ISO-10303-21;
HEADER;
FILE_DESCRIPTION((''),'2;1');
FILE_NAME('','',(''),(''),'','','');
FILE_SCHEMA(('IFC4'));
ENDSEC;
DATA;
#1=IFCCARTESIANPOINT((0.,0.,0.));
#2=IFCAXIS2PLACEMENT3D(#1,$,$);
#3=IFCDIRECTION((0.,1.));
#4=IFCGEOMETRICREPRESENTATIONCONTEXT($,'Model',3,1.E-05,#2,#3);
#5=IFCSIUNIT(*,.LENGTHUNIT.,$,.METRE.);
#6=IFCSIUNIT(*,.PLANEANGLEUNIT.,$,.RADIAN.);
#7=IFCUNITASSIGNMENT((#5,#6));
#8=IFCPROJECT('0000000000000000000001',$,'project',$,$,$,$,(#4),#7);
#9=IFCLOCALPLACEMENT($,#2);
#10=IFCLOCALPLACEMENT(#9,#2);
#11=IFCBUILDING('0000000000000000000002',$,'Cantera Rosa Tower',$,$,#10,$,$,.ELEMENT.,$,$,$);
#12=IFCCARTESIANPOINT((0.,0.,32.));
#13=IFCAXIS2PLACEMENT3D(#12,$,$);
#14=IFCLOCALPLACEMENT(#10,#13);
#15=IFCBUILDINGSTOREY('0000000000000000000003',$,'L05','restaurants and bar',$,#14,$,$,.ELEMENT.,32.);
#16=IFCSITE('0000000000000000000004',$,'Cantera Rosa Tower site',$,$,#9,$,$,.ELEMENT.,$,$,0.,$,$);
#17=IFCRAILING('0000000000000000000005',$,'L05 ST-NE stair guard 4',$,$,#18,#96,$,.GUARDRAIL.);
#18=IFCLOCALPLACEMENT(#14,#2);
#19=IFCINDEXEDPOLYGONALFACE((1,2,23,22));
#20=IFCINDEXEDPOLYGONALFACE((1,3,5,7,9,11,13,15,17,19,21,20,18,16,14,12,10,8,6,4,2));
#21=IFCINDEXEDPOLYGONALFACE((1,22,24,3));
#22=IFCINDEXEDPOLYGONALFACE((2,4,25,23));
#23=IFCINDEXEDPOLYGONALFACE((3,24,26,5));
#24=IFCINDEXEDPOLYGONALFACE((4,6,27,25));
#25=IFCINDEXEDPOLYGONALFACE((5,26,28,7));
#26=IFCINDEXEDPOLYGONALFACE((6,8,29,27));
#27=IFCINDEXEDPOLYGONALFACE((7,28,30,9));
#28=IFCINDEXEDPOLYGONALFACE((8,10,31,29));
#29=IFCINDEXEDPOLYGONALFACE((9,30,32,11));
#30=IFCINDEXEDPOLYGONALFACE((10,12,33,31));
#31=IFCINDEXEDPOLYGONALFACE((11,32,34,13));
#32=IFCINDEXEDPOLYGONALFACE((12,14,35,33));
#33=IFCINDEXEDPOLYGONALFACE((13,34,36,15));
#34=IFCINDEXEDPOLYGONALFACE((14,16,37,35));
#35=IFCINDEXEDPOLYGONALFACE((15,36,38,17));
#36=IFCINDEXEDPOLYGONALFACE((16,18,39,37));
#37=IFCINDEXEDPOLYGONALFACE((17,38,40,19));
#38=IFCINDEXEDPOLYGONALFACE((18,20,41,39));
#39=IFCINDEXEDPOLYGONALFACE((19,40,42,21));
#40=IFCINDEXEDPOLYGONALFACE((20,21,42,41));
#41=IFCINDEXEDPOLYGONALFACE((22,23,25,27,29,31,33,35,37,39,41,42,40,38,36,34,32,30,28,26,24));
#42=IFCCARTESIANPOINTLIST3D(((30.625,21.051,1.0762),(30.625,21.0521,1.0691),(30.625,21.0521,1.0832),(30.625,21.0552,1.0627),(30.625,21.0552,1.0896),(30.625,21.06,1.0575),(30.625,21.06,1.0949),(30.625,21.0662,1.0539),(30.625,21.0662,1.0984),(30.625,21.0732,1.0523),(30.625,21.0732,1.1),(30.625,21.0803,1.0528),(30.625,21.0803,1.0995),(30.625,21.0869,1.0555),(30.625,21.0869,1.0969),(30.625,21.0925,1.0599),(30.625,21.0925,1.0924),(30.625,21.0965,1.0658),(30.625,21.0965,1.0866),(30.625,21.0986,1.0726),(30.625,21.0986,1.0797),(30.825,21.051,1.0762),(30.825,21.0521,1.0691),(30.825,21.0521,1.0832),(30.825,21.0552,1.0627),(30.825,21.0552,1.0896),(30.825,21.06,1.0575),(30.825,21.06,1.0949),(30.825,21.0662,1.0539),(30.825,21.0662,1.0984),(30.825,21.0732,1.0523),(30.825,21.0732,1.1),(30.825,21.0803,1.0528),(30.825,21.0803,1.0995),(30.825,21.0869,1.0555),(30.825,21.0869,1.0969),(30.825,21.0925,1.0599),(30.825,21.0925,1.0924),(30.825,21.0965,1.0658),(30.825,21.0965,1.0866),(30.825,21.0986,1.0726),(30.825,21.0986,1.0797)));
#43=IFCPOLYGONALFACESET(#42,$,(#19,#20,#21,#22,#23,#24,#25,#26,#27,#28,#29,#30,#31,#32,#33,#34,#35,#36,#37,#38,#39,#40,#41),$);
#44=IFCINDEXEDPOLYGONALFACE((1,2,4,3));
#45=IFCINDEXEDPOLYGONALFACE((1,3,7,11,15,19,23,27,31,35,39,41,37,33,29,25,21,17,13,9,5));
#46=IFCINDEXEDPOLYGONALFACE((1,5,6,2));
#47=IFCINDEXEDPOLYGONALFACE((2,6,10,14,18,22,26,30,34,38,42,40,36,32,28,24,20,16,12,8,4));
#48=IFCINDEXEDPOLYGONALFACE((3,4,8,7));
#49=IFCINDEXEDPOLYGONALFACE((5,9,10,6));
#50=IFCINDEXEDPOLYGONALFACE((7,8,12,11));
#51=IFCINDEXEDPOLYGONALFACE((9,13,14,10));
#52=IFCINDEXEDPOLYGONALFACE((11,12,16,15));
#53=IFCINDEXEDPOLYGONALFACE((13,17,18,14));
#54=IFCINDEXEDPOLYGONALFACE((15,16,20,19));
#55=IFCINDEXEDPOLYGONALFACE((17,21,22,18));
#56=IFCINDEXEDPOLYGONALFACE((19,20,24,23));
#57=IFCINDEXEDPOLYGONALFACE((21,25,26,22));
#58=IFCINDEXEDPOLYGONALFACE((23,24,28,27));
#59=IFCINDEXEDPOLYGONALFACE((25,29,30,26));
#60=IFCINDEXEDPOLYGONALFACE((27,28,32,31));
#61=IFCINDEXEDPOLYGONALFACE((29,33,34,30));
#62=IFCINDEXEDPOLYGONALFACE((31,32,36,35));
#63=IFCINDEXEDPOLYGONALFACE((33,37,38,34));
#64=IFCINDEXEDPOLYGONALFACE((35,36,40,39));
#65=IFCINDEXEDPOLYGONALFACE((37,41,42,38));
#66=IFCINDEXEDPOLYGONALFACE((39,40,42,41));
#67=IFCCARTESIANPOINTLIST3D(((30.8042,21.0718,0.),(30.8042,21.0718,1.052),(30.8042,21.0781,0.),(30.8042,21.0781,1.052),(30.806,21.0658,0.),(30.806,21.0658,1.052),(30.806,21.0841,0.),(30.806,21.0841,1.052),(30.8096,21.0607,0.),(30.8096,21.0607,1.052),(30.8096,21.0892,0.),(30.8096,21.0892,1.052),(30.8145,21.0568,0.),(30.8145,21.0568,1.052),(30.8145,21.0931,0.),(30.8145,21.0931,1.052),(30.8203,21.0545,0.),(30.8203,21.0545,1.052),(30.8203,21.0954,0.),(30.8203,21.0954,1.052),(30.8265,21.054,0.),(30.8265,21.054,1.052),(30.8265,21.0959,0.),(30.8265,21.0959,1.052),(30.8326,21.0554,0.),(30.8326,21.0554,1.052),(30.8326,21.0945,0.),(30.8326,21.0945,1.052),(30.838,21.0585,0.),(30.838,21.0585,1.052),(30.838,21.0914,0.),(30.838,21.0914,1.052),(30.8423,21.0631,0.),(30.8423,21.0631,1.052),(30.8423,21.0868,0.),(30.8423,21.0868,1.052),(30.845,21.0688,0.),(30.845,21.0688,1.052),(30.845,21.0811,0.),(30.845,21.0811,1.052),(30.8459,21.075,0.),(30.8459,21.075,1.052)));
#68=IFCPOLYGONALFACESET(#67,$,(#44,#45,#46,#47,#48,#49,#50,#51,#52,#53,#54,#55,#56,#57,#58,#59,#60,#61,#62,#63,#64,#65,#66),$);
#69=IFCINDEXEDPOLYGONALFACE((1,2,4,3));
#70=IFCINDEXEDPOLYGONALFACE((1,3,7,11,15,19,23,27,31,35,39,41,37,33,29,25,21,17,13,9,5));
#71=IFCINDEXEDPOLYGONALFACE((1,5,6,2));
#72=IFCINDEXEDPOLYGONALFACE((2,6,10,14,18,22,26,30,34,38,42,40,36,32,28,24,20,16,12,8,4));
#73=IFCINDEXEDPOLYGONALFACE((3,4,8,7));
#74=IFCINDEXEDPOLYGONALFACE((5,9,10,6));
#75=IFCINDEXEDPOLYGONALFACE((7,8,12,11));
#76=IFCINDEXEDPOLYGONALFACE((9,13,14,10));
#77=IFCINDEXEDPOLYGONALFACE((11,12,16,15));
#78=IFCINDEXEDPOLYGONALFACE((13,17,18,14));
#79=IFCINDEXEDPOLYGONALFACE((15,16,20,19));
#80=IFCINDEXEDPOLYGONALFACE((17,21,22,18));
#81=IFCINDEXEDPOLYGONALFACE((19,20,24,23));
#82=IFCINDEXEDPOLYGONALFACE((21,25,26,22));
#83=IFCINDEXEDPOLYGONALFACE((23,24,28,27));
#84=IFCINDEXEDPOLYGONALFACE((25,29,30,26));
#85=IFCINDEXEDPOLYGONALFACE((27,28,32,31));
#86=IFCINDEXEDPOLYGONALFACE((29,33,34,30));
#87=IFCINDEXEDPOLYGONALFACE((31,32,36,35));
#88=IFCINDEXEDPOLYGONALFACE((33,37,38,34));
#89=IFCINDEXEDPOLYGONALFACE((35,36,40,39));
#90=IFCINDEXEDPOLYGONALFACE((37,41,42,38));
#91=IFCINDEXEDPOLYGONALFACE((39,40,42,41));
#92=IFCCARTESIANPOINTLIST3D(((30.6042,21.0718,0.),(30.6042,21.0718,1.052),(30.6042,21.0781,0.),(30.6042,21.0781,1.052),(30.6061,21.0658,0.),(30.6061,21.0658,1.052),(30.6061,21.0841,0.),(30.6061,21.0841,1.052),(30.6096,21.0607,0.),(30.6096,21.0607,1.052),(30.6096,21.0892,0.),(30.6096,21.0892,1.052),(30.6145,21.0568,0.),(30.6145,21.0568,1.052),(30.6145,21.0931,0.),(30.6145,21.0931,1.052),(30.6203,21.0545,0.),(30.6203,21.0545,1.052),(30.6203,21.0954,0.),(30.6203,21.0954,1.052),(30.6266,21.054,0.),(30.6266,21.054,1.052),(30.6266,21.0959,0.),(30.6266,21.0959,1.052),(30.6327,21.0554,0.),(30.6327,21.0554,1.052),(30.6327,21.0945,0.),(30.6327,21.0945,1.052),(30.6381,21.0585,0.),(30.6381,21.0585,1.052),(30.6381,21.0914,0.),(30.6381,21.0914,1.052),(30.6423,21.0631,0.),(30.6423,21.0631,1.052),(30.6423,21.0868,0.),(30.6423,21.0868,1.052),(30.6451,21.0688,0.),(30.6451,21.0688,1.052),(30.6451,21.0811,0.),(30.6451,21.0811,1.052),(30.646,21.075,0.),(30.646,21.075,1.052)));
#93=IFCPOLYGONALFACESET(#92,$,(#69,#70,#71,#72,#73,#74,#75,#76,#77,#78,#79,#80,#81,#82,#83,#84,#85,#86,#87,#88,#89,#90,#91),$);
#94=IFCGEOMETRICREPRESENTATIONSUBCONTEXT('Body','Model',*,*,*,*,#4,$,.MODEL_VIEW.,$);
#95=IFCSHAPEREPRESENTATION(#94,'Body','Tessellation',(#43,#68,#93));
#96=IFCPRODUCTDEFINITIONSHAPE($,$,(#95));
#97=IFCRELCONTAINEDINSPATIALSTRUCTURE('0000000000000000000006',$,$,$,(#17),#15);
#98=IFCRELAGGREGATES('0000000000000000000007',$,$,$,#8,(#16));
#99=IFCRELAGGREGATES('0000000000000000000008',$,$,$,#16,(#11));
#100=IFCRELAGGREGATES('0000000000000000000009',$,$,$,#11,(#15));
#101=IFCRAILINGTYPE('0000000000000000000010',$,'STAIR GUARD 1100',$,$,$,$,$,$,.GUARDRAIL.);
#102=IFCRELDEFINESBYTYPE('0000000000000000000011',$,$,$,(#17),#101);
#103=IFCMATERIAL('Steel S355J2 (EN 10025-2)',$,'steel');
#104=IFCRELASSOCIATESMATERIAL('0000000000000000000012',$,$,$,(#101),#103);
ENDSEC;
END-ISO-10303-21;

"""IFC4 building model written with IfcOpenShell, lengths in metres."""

from ifc_helpers import new_model, si_unit, direction, frame, origin, origin_2d, place, context, subcontext, project, spatial, circle, extrude, material, type_object, element, save


model = new_model("IFC4")

# Units and contexts
model_context = context("Model", 3, precision=1e-05, world=origin(), true_north=direction((0.0, 1.0)))
body_context = subcontext(model_context, "Body", "Model", "MODEL_VIEW")
ifc_project = project(units=[si_unit("LENGTHUNIT", "METRE"), si_unit("PLANEANGLEUNIT", "RADIAN")], contexts=[model_context])

# Site, building, storey
site_placement = place(None, origin())
site = spatial("IfcSite", under=ifc_project, at=site_placement, Name="Cantera Rosa Tower site", CompositionType="ELEMENT", RefElevation=0.0)
building_placement = place(site_placement, origin())
building = spatial("IfcBuilding", under=site, at=building_placement, Name="Cantera Rosa Tower", CompositionType="ELEMENT")
storey_placement = place(building_placement, frame((0.0, 0.0, 32.0)))
storey = spatial("IfcBuildingStorey", under=building, at=storey_placement, Name="L05", Description="restaurants and bar", CompositionType="ELEMENT", Elevation=32.0)

# Railing
ifc_material_1 = material(Name="Steel S355J2 (EN 10025-2)", Category="steel")
railing_type_1 = type_object("IfcRailingType", Name="STAIR GUARD 1100", PredefinedType="GUARDRAIL", material=ifc_material_1)
railing_1_placement = place(storey_placement, frame((30.825, 21.075, 0.0)))
element("IfcRailing", 1, at=railing_1_placement, inside=storey, type_object=railing_type_1, Name="L05 ST-NE stair guard 4", PredefinedType="GUARDRAIL", context=body_context, shape_type="SweptSolid", body=[
    extrude(circle(Radius=0.0239, at=origin_2d()), frame((0.0, 0.0, 1.0762), z_axis=(-1.0, 0.0, 0.0), x_axis=(0.0, -1.0, 0.0)), (0.0, 0.0, 1.0), 0.2),
    extrude(circle(Radius=0.021, at=origin_2d()), origin(), (0.0, 0.0, 1.0), 1.052),
    extrude(circle(Radius=0.021, at=origin_2d()), frame((-0.2, 0.0, 0.0)), (0.0, 0.0, 1.0), 1.052),
])

save(model, "model.ifc")
